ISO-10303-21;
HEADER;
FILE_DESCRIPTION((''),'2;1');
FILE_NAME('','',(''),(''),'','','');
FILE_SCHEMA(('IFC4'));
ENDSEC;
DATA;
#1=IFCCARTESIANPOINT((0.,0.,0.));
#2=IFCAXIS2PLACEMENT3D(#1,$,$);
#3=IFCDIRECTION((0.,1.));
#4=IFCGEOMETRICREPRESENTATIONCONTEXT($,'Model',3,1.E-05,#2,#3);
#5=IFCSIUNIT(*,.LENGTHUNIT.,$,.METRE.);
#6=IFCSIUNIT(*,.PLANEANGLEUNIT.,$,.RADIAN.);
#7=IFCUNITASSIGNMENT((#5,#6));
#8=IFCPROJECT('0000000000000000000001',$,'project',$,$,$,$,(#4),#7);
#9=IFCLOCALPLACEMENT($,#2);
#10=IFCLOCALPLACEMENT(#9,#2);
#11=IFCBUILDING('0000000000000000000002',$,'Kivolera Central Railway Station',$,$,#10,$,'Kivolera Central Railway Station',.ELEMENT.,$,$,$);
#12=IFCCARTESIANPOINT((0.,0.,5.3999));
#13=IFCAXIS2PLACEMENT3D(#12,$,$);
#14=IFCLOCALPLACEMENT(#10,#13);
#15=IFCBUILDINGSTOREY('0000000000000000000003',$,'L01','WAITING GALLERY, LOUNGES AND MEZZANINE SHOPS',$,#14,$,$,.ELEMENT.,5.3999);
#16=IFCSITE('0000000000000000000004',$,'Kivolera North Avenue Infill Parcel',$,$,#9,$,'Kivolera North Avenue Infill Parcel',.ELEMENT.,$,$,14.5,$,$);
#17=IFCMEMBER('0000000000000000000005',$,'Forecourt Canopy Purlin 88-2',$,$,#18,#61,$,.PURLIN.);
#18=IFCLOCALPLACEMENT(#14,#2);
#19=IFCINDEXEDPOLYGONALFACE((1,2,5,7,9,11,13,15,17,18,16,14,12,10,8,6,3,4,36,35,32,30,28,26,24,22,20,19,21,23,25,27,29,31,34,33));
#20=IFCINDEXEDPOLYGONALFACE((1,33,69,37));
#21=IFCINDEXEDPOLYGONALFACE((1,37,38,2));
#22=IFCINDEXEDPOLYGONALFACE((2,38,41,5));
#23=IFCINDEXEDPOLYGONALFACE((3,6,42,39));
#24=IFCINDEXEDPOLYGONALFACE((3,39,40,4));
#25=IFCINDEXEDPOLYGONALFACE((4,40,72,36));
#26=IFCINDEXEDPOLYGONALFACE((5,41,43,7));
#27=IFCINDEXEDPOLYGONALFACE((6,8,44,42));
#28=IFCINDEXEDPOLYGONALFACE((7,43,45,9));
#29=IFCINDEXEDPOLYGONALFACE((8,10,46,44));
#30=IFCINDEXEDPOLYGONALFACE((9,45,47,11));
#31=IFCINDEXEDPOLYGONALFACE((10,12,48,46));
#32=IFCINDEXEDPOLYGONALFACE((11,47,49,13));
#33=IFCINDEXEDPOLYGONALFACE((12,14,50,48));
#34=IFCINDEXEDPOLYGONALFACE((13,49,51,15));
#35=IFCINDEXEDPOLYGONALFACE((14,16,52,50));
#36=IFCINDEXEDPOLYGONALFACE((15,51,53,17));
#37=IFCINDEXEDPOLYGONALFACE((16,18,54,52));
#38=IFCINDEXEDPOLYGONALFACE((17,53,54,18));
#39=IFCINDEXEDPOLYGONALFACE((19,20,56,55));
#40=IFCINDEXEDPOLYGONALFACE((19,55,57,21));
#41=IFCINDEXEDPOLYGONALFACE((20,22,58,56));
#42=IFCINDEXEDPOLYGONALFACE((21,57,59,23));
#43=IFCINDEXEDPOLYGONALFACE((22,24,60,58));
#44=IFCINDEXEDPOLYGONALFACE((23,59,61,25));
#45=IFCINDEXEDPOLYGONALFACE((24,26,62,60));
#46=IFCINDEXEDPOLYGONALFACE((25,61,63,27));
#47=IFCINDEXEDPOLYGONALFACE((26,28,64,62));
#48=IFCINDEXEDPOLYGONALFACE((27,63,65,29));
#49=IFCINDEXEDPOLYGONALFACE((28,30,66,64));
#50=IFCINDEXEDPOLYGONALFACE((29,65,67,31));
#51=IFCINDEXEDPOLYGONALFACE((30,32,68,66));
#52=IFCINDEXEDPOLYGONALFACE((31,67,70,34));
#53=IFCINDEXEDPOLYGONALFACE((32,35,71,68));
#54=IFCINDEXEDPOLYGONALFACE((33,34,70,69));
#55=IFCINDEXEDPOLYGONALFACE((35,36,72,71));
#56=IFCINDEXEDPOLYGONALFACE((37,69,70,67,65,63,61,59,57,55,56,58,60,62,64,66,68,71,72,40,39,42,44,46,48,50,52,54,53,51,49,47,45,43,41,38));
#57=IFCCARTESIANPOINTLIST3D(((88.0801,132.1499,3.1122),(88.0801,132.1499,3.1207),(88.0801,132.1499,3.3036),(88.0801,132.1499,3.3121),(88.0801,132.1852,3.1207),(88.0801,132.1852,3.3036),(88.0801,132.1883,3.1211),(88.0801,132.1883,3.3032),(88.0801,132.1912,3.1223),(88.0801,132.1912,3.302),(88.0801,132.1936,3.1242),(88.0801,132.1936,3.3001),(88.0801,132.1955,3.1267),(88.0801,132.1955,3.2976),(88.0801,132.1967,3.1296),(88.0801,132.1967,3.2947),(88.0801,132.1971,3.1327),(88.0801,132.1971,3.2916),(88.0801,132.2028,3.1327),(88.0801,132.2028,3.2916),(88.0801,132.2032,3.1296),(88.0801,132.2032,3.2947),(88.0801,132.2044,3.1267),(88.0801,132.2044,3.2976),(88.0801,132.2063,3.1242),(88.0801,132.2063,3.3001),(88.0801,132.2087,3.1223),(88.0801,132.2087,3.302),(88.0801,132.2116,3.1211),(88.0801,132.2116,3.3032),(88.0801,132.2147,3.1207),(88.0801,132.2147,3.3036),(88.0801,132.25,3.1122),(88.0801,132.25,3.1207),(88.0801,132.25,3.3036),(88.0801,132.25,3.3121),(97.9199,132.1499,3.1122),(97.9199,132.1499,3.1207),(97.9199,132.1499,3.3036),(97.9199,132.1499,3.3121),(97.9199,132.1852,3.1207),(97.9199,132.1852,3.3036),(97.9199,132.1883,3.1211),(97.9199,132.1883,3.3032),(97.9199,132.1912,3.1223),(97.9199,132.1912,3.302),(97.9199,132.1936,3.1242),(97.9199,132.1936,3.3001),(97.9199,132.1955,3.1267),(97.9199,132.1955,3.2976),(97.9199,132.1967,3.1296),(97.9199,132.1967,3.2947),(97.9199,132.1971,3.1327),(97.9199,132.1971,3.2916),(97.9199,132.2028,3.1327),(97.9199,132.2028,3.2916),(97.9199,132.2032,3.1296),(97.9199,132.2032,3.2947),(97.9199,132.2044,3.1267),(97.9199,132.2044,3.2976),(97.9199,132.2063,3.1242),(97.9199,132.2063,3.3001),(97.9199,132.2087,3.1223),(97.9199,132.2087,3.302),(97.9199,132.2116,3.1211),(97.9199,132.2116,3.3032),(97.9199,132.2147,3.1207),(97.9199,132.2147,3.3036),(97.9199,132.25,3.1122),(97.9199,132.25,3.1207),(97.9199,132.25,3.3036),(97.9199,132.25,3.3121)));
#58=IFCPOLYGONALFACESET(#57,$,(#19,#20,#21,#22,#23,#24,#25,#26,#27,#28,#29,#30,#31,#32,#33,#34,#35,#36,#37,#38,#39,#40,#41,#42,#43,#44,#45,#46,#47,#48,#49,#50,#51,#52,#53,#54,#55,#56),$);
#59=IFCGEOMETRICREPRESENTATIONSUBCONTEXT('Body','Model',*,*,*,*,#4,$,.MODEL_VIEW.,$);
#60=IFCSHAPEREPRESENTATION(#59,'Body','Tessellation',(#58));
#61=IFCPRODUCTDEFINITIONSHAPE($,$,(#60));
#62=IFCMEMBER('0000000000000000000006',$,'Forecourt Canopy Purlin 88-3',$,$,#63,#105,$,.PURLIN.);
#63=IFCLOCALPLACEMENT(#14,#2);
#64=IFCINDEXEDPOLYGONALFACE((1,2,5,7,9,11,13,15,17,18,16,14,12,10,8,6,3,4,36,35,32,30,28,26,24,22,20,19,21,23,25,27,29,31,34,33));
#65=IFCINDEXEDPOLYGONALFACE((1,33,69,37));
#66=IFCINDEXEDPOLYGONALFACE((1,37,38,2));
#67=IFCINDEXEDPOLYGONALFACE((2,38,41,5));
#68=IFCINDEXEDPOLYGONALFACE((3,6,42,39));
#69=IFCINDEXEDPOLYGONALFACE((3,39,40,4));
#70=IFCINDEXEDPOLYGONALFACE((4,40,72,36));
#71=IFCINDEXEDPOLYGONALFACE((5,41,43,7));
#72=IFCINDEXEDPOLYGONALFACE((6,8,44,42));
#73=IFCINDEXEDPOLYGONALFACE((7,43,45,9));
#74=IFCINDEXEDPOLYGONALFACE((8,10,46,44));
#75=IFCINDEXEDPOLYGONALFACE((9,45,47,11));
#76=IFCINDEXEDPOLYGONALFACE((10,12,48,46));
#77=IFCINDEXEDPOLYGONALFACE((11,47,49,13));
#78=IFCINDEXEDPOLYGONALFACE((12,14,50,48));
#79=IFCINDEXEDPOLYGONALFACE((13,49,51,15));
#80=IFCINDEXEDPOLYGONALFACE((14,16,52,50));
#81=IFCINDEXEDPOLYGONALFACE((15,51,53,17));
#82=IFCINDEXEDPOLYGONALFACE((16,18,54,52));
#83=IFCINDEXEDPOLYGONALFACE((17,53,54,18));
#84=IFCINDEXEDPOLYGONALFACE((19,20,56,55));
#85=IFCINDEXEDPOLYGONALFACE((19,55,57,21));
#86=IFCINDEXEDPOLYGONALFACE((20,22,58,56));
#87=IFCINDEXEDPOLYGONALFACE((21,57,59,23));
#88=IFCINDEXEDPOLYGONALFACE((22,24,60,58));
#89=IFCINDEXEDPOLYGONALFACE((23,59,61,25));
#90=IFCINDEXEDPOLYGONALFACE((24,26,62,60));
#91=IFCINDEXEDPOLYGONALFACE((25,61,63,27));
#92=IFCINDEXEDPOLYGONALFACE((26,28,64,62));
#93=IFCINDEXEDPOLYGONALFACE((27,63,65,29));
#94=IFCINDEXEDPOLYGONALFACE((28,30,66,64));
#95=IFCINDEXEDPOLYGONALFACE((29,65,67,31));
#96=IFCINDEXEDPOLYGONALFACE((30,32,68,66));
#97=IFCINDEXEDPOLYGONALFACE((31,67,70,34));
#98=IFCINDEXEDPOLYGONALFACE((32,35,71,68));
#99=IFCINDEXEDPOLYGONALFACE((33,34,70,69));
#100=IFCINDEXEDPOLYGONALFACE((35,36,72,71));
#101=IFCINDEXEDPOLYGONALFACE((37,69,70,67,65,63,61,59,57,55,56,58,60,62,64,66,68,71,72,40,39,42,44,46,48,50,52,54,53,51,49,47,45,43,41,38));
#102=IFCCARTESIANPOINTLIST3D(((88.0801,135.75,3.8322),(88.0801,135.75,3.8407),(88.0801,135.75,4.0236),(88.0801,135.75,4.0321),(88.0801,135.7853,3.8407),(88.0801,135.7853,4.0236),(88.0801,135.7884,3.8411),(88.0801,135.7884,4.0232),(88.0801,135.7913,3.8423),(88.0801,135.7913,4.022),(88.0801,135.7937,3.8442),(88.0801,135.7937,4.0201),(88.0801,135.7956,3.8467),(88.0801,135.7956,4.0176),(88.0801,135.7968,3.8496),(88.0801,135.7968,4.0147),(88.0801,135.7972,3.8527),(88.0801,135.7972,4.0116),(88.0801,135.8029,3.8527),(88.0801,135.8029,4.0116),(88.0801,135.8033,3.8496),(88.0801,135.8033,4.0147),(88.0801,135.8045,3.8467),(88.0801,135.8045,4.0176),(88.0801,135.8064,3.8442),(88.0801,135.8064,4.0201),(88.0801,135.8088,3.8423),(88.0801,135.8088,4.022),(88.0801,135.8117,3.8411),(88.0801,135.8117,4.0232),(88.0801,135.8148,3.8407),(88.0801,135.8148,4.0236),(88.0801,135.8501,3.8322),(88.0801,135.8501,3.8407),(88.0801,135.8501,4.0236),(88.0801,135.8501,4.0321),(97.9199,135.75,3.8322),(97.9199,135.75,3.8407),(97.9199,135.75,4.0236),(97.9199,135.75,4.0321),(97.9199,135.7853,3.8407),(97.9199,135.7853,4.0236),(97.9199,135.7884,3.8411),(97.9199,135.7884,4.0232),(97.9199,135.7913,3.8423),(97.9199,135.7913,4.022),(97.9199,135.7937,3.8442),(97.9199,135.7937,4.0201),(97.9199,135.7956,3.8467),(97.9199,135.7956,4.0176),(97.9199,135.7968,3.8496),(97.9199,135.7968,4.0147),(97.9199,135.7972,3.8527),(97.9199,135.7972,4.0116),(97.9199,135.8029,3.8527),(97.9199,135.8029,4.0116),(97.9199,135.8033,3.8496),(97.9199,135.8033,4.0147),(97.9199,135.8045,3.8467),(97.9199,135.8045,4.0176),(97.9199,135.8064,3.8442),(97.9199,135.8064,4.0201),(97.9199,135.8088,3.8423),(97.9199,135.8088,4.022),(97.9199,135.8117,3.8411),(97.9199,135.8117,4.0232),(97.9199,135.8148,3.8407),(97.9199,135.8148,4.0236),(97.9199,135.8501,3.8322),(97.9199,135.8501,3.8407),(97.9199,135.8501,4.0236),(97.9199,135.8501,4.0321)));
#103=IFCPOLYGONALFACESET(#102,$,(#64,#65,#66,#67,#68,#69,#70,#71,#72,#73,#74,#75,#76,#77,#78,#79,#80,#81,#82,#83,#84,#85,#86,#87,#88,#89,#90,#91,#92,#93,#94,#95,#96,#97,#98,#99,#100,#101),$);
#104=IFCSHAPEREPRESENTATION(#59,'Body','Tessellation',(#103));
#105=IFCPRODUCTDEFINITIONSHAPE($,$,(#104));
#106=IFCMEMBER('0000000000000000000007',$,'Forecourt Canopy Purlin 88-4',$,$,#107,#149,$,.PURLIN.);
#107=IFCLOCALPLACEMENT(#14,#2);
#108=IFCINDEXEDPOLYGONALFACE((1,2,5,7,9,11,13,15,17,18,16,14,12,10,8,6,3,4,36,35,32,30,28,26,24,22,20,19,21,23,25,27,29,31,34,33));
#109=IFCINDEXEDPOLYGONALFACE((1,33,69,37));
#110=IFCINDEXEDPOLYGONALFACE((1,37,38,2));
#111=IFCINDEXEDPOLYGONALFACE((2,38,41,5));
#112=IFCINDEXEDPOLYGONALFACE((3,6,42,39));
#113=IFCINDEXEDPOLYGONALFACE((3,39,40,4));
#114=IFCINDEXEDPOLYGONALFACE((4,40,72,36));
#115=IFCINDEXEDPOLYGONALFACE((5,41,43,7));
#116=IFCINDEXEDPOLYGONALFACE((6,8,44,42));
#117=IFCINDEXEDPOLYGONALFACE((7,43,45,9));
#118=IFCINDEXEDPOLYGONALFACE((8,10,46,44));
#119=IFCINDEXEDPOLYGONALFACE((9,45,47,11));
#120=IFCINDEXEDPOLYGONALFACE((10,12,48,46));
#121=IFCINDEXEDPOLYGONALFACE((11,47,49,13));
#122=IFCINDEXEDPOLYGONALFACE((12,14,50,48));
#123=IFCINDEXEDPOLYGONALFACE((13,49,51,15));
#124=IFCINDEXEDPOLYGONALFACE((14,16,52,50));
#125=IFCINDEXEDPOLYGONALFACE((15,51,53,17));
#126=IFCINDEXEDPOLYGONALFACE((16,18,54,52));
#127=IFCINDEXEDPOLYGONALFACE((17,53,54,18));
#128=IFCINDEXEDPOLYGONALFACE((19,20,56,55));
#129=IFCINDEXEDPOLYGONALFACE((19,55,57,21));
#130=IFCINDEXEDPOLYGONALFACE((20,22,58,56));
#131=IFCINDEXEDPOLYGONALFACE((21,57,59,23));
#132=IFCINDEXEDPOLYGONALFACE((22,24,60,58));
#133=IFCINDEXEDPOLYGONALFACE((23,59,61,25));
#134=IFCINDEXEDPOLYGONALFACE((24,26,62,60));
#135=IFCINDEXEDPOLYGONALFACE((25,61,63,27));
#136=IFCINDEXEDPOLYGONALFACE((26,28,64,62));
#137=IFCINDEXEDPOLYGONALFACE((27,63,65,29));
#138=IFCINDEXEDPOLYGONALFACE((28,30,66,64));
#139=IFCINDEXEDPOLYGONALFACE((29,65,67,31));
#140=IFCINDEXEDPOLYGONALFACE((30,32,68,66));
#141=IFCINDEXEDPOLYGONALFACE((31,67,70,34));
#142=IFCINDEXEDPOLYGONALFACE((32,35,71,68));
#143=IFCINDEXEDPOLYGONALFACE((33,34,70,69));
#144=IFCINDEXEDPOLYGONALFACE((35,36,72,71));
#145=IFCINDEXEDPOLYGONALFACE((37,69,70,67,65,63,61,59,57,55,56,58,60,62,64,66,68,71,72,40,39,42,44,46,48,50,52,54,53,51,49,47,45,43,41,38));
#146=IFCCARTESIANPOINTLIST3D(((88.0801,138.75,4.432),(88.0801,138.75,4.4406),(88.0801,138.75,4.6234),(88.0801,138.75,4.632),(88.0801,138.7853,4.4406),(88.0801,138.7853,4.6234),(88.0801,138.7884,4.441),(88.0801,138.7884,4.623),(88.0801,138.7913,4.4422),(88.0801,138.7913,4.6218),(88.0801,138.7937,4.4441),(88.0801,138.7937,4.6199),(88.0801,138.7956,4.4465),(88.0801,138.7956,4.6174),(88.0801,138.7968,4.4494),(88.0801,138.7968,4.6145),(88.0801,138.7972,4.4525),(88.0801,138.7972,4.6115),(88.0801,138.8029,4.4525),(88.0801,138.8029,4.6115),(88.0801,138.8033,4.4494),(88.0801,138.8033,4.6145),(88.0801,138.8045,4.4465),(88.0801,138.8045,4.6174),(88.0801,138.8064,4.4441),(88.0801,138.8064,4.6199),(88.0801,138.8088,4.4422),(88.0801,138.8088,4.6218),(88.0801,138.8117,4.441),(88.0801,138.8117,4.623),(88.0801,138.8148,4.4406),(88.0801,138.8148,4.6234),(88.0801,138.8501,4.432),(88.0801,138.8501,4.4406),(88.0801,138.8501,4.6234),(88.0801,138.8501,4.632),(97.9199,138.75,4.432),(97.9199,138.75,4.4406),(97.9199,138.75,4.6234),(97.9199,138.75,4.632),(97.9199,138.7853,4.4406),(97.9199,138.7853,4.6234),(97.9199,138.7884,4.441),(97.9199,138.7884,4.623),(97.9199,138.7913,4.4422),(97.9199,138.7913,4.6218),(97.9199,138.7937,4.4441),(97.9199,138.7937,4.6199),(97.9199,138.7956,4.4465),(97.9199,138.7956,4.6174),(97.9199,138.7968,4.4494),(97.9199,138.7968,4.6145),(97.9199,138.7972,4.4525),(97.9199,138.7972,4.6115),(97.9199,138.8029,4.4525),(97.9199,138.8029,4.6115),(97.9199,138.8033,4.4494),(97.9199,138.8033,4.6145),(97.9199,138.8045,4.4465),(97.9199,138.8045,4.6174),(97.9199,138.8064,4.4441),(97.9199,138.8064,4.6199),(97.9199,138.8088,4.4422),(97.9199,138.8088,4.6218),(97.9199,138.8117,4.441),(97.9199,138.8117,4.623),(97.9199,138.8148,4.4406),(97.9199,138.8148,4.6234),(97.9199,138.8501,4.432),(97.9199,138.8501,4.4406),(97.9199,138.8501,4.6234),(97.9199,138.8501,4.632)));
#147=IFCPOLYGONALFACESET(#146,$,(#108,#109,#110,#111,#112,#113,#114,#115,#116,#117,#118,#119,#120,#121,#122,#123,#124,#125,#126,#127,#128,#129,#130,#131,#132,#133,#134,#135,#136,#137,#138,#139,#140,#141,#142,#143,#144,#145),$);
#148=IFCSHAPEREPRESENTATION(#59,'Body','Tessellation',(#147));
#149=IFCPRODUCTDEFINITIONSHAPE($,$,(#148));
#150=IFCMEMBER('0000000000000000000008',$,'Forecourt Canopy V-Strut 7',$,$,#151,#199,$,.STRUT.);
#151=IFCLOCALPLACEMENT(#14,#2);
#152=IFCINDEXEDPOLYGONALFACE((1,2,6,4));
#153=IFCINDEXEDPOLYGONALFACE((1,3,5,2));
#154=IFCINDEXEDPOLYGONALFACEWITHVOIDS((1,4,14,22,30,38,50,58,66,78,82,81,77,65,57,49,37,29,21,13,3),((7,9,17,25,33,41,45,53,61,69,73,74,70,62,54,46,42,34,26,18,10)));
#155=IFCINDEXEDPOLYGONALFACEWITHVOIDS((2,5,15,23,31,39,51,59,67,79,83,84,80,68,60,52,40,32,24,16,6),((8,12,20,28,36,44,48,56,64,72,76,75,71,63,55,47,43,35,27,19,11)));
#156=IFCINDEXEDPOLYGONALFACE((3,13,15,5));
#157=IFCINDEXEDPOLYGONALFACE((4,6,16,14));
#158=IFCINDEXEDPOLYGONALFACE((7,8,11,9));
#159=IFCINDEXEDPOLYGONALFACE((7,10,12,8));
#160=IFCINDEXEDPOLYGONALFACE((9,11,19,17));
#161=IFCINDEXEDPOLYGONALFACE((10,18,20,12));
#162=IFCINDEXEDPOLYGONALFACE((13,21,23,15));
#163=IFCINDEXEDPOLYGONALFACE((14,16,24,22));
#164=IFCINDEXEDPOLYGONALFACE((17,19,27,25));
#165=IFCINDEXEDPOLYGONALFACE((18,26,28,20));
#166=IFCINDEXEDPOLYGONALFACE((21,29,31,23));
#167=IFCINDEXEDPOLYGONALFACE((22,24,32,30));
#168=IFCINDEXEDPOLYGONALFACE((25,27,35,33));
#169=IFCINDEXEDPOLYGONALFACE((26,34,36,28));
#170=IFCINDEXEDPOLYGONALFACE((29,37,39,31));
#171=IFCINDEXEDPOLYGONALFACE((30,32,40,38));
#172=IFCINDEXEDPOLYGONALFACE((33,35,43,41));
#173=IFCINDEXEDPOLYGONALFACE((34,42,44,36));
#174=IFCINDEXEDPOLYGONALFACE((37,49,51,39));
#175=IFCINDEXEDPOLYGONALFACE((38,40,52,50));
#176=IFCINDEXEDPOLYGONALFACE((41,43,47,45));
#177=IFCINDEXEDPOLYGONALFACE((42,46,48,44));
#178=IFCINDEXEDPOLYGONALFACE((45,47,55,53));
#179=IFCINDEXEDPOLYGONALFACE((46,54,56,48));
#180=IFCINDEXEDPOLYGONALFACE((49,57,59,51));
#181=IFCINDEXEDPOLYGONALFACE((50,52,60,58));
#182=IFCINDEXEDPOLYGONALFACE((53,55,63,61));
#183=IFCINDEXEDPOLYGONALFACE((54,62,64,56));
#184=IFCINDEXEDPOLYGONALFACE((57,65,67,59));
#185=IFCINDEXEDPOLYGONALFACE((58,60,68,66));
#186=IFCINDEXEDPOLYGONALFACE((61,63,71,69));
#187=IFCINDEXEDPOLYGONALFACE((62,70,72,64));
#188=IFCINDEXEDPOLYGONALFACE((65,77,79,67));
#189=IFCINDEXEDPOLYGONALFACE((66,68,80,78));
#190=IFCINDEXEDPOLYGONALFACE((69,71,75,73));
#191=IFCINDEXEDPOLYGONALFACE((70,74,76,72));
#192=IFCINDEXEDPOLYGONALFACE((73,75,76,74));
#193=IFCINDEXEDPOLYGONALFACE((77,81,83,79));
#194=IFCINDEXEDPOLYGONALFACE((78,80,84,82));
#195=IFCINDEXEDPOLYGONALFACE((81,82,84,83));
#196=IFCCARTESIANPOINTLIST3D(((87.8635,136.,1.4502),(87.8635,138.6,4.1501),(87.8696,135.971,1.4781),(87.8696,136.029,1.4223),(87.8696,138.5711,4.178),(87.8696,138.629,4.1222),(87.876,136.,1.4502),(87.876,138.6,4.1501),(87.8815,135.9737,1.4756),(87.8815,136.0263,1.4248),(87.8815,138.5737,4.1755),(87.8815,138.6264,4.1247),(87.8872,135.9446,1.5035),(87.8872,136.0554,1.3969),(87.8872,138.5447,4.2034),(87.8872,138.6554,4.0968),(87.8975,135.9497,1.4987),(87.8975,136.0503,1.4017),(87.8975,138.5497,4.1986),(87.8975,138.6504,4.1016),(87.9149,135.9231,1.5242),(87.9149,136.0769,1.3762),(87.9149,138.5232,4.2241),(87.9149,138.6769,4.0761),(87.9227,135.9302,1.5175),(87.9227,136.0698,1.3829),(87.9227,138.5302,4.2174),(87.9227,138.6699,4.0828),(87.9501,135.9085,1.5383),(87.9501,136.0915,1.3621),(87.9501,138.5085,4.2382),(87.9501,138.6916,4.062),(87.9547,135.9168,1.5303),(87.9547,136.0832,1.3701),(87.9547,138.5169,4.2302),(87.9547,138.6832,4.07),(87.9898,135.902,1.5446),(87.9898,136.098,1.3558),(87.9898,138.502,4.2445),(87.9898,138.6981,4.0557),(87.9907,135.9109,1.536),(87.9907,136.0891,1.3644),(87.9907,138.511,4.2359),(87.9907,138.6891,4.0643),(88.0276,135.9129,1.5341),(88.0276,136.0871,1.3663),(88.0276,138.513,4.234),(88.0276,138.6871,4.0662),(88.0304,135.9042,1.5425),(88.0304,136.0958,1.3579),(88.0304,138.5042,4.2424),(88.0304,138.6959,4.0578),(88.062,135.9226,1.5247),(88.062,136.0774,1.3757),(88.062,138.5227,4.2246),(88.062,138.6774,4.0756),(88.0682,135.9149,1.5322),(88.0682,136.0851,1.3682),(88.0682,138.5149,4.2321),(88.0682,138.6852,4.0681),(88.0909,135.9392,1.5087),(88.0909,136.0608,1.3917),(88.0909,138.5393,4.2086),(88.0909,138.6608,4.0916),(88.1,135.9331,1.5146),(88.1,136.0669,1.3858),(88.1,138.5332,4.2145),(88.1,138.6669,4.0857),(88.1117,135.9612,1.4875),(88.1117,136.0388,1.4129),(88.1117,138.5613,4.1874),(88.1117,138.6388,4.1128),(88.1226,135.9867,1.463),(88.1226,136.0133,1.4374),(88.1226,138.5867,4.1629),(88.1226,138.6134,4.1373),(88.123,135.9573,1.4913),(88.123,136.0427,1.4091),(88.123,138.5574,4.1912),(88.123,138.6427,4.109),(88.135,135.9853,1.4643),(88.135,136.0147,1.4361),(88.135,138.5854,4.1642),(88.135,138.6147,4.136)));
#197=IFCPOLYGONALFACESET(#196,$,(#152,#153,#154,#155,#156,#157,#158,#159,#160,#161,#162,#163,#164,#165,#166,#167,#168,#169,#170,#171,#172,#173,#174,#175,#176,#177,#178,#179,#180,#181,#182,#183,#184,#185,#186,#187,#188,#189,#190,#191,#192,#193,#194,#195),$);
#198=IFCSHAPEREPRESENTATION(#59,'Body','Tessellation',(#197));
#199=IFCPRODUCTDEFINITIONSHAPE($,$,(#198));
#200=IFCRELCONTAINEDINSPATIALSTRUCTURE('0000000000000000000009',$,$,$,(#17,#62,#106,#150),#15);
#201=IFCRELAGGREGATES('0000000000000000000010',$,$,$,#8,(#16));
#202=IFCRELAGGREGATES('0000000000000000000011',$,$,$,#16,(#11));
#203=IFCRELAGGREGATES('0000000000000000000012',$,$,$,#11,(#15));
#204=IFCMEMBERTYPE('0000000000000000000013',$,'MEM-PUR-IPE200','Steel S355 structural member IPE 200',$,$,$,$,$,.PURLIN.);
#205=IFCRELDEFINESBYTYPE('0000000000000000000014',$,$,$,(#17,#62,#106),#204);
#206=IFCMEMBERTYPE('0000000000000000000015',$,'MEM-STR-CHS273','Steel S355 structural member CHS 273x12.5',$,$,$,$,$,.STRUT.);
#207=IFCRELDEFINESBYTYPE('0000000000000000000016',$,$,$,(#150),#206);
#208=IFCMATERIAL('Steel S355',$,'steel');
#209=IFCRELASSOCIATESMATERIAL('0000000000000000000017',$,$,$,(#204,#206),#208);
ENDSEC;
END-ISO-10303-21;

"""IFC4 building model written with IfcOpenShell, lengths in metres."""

from ifc_helpers import new_model, si_unit, direction, frame, origin, origin_2d, place, context, subcontext, project, spatial, hollow_circle, i_section, extrude, material, material_profile, profile_set, type_object, element, save


model = new_model("IFC4")

# Units and contexts
model_context = context("Model", 3, precision=1e-05, world=origin(), true_north=direction((0.0, 1.0)))
body_context = subcontext(model_context, "Body", "Model", "MODEL_VIEW")
ifc_project = project(units=[si_unit("LENGTHUNIT", "METRE"), si_unit("PLANEANGLEUNIT", "RADIAN")], contexts=[model_context])

# Site, building, storey
site_placement = place(None, origin())
site = spatial("IfcSite", under=ifc_project, at=site_placement, Name="Kivolera North Avenue Infill Parcel", LongName="Kivolera North Avenue Infill Parcel", CompositionType="ELEMENT", RefElevation=14.5)
building_placement = place(site_placement, origin())
building = spatial("IfcBuilding", under=site, at=building_placement, Name="Kivolera Central Railway Station", LongName="Kivolera Central Railway Station", CompositionType="ELEMENT")
storey_placement = place(building_placement, frame((0.0, 0.0, 5.3999)))
storey = spatial("IfcBuildingStorey", under=building, at=storey_placement, Name="L01", Description="WAITING GALLERY, LOUNGES AND MEZZANINE SHOPS", CompositionType="ELEMENT", Elevation=5.3999)

# Shared definitions
ifc_material_1 = material(Name="Steel S355", Category="steel")

# Members
ifc_material_profile_1 = material_profile(ifc_material_1, i_section(OverallWidth=0.1001, OverallDepth=0.2, WebThickness=0.0056, FlangeThickness=0.0085, FilletRadius=0.012, at=origin_2d()), Name="IPE 200")
ifc_profile_set_1 = profile_set([ifc_material_profile_1], Name="Steel S355")
member_type_1 = type_object("IfcMemberType", Name="MEM-PUR-IPE200", Description="Steel S355 structural member IPE 200", PredefinedType="PURLIN", material=ifc_profile_set_1)
for number, where, z_axis, x_axis, name in (
    (1, (88.0801, 132.2, 3.2122), (1.0, 0.0, 0.0), (0.0, 1.0, 0.0), "Forecourt Canopy Purlin 88-2"),
    (2, (88.0801, 135.8, 3.9321), (1.0, 0.0, 0.0), (0.0, 1.0, 0.0), "Forecourt Canopy Purlin 88-3"),
    (3, (88.0801, 138.8, 4.532), (1.0, 0.0, 0.0), (0.0, 1.0, 0.0), "Forecourt Canopy Purlin 88-4"),
):
    element("IfcMember", number, at=place(storey_placement, frame(where, z_axis=z_axis, x_axis=x_axis)), inside=storey, type_object=member_type_1, Name=name, PredefinedType="PURLIN", context=body_context, shape_type="SweptSolid", body=[
        extrude(i_section(OverallWidth=0.1001, OverallDepth=0.2, WebThickness=0.0056, FlangeThickness=0.0085, FilletRadius=0.012, at=origin_2d()), origin(), (0.0, 0.0, 1.0), 9.8398),
    ])
ifc_material_profile_2 = material_profile(ifc_material_1, hollow_circle(Radius=0.1365, WallThickness=0.0125, at=origin_2d()), Name="CHS 273x12.5")
ifc_profile_set_2 = profile_set([ifc_material_profile_2], Name="Steel S355")
member_type_2 = type_object("IfcMemberType", Name="MEM-STR-CHS273", Description="Steel S355 structural member CHS 273x12.5", PredefinedType="STRUT", material=ifc_profile_set_2)
for number, where, z_axis, x_axis, name in (
    (4, (88.0, 136.0, 1.4502), (0.0, 0.693662, 0.720301), (-1.0, 0.0, 0.0), "Forecourt Canopy V-Strut 7"),
):
    element("IfcMember", number, at=place(storey_placement, frame(where, z_axis=z_axis, x_axis=x_axis)), inside=storey, type_object=member_type_2, Name=name, PredefinedType="STRUT", context=body_context, shape_type="SweptSolid", body=[
        extrude(hollow_circle(Radius=0.1365, WallThickness=0.0125, at=origin_2d()), origin(), (0.0, 0.0, 1.0), 3.7483),
    ])

save(model, "model.ifc")
